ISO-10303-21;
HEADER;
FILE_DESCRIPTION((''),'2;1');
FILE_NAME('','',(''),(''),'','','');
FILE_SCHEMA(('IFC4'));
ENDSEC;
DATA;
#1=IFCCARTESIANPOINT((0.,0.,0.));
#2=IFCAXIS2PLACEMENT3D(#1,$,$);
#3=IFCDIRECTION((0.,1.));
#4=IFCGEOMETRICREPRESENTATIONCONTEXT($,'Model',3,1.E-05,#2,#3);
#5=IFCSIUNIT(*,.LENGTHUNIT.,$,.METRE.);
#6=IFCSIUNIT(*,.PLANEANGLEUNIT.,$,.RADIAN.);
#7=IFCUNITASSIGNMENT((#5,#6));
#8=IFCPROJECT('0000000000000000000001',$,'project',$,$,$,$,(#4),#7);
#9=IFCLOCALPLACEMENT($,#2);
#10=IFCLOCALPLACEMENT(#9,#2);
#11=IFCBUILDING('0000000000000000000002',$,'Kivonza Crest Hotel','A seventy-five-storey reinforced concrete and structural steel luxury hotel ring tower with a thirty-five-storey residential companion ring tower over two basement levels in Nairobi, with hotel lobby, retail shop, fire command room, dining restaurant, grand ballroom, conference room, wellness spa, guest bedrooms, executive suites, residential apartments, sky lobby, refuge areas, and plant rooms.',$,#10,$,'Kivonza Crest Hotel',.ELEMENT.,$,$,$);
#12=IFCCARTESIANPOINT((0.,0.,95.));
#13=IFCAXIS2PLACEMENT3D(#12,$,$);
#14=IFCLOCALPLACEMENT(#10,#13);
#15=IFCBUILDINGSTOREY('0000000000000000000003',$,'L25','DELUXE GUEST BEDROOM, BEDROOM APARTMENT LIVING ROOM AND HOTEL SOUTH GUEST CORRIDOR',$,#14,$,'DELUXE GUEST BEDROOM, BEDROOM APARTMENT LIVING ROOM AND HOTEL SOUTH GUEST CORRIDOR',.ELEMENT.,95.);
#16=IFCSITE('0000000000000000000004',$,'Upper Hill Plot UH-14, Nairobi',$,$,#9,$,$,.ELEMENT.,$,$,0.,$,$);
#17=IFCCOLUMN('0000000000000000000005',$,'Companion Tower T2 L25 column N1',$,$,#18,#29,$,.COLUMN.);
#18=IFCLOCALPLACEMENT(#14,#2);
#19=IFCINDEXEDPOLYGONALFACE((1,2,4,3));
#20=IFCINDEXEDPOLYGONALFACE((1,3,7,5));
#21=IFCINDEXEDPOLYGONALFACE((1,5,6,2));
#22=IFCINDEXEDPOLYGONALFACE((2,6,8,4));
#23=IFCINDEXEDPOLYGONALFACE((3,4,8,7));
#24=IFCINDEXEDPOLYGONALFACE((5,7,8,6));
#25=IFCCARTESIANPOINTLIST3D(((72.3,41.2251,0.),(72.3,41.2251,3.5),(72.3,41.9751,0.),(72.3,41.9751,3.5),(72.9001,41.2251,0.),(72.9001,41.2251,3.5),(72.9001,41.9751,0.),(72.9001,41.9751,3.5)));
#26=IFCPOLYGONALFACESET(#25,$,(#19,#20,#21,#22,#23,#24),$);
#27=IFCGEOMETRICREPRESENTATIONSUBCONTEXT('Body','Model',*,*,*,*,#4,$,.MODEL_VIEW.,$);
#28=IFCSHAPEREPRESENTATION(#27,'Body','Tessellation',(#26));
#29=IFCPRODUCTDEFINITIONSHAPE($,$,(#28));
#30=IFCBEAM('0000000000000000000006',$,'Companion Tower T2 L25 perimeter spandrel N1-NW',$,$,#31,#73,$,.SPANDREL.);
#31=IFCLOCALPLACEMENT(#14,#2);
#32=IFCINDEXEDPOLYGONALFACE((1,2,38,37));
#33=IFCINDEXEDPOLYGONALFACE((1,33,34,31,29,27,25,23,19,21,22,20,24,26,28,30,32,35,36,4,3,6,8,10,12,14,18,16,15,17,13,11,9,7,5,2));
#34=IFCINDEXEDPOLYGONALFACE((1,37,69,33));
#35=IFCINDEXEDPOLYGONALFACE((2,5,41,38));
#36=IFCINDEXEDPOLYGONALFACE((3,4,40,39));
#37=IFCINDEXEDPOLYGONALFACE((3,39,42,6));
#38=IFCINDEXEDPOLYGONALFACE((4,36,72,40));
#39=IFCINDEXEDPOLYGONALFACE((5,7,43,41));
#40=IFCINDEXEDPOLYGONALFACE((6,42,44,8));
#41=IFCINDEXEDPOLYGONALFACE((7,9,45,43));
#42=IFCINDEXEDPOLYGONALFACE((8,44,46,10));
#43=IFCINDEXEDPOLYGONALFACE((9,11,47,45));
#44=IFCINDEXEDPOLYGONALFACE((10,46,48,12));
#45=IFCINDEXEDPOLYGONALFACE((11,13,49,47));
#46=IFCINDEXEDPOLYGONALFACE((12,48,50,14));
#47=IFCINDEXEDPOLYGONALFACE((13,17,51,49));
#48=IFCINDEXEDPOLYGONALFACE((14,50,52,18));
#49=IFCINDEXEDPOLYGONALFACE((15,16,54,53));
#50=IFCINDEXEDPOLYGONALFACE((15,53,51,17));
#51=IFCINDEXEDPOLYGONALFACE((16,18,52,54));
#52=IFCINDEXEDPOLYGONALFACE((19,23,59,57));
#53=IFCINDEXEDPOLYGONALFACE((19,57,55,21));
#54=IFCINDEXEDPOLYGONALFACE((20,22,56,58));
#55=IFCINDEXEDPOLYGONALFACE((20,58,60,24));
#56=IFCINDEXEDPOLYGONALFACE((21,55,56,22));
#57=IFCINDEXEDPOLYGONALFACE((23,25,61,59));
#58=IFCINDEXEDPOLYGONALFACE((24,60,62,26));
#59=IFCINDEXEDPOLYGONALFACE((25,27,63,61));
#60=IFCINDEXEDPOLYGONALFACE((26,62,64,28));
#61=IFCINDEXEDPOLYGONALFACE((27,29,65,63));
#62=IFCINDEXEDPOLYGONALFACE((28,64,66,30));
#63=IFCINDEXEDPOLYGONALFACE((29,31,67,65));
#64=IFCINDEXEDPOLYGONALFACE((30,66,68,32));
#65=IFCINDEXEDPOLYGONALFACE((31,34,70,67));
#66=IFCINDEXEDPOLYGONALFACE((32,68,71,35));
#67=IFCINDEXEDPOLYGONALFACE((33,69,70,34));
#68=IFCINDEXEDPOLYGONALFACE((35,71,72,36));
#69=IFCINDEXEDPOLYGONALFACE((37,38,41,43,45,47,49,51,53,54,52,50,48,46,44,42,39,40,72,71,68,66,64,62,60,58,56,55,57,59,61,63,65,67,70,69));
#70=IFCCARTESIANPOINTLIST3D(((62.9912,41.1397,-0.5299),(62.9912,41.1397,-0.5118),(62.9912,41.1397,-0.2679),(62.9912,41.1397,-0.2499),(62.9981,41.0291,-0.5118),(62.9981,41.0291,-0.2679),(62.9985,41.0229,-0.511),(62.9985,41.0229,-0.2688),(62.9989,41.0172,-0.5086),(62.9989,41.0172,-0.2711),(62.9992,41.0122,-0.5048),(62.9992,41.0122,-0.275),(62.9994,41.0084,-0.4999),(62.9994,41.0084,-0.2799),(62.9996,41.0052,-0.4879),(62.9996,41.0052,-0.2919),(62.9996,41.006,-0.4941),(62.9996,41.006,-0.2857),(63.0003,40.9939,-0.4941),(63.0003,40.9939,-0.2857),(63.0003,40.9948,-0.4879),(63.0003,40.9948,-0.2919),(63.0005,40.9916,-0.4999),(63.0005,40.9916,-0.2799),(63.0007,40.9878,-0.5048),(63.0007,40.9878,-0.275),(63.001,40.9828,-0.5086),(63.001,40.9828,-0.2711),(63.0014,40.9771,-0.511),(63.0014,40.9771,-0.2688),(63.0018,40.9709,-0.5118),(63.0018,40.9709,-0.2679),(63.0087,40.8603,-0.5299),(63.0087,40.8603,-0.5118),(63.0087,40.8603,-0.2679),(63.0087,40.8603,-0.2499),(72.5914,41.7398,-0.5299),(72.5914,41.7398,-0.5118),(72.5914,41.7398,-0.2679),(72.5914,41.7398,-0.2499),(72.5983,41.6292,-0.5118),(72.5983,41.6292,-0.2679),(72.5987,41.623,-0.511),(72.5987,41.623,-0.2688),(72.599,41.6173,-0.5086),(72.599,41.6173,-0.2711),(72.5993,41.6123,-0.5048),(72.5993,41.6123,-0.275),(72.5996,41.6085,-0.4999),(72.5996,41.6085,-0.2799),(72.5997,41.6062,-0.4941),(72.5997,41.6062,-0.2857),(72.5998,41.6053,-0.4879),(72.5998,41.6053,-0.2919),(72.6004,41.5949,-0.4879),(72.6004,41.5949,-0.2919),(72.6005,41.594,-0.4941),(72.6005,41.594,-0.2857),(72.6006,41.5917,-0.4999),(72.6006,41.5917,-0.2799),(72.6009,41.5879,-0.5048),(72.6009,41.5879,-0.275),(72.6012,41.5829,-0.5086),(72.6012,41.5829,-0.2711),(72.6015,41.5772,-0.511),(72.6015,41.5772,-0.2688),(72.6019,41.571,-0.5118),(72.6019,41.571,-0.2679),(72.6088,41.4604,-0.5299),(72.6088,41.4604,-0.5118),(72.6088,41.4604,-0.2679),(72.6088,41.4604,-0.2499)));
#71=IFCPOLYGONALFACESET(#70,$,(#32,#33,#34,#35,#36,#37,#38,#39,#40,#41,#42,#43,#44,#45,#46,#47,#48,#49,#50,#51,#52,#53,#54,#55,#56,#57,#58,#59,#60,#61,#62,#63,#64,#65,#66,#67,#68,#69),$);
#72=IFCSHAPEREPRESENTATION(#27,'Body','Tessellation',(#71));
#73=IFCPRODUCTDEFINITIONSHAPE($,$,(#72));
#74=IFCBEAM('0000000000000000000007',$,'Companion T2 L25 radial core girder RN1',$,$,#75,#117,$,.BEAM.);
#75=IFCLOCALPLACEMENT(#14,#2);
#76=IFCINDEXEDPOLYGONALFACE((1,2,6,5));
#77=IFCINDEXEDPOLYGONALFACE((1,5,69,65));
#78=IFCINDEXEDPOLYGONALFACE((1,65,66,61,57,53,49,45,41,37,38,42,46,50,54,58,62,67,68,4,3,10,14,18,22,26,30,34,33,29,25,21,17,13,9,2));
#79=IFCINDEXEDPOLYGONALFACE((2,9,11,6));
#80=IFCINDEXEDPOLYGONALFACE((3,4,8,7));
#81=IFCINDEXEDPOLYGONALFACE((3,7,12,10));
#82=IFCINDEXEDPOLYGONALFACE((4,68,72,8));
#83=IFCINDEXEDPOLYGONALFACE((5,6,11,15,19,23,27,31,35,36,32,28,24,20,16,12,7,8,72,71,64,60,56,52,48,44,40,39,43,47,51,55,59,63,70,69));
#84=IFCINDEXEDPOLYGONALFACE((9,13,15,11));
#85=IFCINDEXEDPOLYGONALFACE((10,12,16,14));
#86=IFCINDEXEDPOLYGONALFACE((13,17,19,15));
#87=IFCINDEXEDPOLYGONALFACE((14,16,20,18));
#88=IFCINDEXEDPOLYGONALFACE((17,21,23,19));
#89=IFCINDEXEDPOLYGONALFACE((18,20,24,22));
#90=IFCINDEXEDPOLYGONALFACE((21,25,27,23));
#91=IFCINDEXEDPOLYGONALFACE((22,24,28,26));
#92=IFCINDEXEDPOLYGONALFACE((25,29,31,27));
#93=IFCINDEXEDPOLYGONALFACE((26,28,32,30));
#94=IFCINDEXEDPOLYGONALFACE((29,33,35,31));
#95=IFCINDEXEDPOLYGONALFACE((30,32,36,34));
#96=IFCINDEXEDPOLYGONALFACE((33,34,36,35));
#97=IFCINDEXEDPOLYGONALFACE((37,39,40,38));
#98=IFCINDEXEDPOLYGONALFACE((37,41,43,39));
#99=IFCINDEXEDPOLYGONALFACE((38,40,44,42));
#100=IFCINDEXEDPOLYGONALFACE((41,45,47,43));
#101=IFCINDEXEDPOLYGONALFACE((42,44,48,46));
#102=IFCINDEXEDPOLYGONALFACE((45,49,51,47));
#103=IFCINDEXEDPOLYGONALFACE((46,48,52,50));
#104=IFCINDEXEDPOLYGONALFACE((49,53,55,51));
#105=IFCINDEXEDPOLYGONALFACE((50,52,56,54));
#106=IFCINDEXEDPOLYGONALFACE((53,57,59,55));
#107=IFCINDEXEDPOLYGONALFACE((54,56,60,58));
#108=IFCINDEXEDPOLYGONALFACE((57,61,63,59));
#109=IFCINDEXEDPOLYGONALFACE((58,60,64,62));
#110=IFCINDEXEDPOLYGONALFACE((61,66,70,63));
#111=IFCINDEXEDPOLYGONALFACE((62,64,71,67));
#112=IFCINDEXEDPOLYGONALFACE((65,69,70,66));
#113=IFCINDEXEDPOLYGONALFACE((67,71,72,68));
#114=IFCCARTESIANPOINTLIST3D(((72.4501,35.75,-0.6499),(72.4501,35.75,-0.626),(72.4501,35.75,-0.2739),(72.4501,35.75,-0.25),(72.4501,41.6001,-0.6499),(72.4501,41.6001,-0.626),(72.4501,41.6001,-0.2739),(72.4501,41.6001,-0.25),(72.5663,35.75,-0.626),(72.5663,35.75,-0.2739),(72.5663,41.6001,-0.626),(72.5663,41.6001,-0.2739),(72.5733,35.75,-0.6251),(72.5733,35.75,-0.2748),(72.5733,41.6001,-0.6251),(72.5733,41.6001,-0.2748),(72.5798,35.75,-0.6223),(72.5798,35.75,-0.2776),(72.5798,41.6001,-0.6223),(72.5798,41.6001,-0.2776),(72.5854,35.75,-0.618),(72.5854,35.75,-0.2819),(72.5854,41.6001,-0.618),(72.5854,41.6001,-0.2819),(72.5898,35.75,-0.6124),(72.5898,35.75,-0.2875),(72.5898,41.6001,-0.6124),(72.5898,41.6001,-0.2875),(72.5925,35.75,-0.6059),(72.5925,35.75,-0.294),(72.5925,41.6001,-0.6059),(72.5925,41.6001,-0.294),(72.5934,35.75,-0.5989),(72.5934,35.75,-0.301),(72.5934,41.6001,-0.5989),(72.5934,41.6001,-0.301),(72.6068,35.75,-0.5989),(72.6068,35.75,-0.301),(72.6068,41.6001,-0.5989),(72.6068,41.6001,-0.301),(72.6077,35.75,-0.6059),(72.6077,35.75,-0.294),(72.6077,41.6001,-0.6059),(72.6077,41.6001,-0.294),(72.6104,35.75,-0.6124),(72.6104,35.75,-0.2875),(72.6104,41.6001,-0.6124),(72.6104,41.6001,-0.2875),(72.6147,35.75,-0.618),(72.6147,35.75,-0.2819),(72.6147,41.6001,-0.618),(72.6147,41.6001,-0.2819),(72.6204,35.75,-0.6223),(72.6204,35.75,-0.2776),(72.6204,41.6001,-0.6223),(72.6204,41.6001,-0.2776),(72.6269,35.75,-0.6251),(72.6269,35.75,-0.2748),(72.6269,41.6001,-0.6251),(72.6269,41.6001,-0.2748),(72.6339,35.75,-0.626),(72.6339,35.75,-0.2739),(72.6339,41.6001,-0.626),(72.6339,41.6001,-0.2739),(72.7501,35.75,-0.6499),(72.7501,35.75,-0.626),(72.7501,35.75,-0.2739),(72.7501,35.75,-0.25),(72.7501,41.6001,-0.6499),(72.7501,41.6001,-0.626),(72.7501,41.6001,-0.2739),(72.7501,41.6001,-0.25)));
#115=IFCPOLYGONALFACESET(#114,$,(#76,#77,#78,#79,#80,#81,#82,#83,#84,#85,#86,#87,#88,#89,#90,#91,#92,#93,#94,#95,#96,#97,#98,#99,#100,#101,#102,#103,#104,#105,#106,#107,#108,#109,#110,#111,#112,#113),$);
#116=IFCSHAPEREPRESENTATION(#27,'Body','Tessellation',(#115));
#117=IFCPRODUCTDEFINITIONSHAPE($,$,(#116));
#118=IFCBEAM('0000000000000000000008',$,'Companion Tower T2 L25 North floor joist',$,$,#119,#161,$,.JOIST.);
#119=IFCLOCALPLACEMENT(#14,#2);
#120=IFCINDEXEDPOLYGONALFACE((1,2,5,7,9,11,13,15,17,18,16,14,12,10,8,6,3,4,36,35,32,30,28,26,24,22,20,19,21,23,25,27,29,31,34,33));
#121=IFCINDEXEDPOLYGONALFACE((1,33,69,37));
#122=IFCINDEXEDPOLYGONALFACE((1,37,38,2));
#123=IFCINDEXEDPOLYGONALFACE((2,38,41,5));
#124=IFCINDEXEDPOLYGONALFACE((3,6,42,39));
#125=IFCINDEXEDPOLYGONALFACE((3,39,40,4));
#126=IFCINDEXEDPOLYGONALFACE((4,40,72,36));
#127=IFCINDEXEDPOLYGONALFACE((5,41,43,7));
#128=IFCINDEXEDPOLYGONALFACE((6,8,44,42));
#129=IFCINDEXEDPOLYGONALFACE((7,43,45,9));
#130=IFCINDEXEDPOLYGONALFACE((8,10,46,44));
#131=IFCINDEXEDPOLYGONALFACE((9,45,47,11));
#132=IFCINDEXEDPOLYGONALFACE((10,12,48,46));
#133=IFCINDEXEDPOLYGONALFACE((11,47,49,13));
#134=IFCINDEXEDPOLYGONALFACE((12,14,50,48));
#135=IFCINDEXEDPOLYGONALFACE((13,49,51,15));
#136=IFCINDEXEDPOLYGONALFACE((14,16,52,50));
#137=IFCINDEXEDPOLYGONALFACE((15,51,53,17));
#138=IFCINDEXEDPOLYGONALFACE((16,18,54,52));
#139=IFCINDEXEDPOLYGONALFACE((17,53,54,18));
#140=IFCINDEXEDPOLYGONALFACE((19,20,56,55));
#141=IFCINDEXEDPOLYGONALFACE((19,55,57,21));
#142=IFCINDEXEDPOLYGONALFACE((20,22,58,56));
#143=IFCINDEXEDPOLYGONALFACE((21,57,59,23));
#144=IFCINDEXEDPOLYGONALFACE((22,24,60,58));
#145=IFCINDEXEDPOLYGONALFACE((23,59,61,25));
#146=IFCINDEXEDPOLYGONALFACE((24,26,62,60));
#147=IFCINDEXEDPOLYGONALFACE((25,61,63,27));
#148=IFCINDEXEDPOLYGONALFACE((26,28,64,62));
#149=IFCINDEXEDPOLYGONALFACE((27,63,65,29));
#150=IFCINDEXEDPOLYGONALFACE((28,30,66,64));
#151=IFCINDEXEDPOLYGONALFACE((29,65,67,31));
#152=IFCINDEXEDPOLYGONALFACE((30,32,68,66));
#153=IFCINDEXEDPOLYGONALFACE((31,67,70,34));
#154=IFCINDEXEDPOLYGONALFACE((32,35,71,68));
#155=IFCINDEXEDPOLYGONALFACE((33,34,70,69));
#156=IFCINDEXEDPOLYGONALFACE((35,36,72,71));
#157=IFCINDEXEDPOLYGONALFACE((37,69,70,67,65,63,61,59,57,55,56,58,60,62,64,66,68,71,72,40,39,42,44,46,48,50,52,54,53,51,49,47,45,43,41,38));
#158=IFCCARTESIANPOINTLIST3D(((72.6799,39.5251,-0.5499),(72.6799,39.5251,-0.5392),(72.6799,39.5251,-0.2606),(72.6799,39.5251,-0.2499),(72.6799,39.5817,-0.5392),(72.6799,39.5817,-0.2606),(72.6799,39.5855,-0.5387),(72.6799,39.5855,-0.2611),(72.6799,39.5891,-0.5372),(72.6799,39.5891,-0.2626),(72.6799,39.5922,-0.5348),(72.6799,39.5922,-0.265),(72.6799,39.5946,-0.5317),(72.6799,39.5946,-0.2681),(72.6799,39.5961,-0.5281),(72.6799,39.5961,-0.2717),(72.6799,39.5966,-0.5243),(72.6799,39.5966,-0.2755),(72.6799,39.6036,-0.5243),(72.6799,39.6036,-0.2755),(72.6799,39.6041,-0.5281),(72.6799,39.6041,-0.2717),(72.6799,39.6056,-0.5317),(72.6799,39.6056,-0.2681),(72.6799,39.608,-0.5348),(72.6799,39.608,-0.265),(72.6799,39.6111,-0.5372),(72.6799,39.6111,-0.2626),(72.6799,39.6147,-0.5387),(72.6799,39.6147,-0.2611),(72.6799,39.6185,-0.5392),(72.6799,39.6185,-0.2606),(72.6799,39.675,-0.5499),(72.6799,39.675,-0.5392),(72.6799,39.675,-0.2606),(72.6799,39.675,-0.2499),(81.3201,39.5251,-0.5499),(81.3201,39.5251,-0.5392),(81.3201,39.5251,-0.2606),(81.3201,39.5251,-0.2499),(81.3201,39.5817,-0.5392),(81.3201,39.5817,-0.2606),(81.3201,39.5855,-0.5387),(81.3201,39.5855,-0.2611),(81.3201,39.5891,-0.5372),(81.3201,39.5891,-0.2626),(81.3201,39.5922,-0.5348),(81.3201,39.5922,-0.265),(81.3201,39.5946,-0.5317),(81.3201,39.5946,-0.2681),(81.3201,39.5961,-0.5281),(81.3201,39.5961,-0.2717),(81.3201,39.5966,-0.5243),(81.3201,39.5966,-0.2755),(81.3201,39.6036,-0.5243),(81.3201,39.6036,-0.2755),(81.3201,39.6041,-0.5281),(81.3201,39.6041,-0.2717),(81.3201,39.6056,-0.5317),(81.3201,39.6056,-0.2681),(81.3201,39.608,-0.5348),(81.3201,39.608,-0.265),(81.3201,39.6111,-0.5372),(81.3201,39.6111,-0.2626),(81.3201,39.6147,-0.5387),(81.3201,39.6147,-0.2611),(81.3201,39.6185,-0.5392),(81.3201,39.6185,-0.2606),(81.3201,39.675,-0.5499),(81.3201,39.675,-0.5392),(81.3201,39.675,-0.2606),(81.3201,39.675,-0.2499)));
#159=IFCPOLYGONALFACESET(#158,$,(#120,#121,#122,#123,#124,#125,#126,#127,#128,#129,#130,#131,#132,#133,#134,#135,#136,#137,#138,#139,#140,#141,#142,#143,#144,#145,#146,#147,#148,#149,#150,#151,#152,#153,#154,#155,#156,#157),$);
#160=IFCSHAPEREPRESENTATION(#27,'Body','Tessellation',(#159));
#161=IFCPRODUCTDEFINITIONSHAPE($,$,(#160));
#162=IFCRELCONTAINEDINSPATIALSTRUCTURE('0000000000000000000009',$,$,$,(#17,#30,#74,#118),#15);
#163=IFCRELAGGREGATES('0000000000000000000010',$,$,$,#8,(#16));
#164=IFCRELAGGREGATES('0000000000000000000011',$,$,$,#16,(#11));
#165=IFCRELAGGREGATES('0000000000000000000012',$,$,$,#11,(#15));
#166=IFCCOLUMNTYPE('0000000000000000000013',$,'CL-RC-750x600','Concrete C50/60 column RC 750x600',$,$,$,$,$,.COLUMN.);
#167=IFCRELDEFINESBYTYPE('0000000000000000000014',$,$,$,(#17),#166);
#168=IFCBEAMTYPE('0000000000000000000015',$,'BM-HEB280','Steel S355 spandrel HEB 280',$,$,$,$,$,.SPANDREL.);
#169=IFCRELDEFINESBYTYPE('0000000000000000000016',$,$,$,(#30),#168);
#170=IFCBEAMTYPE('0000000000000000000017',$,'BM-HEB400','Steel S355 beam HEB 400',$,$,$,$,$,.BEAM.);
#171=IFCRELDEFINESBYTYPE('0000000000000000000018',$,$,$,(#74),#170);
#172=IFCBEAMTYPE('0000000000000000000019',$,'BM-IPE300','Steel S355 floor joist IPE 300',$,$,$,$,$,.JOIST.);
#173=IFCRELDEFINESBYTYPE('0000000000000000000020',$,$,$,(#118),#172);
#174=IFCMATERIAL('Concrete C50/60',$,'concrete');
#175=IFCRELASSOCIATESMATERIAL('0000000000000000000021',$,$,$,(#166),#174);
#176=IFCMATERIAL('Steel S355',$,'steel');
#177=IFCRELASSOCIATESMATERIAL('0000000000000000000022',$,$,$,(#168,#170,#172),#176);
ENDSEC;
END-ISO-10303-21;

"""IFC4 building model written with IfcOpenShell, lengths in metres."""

from ifc_helpers import new_model, si_unit, direction, frame, origin, origin_2d, place, context, subcontext, project, spatial, rectangle, i_section, extrude, material, material_profile, profile_set, type_object, element, save


model = new_model("IFC4")

# Units and contexts
model_context = context("Model", 3, precision=1e-05, world=origin(), true_north=direction((0.0, 1.0)))
body_context = subcontext(model_context, "Body", "Model", "MODEL_VIEW")
ifc_project = project(units=[si_unit("LENGTHUNIT", "METRE"), si_unit("PLANEANGLEUNIT", "RADIAN")], contexts=[model_context])

# Site, building, storey
site_placement = place(None, origin())
site = spatial("IfcSite", under=ifc_project, at=site_placement, Name="Upper Hill Plot UH-14, Nairobi", CompositionType="ELEMENT", RefElevation=0.0)
building_placement = place(site_placement, origin())
building = spatial("IfcBuilding", under=site, at=building_placement, Name="Kivonza Crest Hotel", Description="A seventy-five-storey reinforced concrete and structural steel luxury hotel ring tower with a thirty-five-storey residential companion ring tower over two basement levels in Nairobi, with hotel lobby, retail shop, fire command room, dining restaurant, grand ballroom, conference room, wellness spa, guest bedrooms, executive suites, residential apartments, sky lobby, refuge areas, and plant rooms.", LongName="Kivonza Crest Hotel", CompositionType="ELEMENT")
storey_placement = place(building_placement, frame((0.0, 0.0, 95.0)))
storey = spatial("IfcBuildingStorey", under=building, at=storey_placement, Name="L25", Description="DELUXE GUEST BEDROOM, BEDROOM APARTMENT LIVING ROOM AND HOTEL SOUTH GUEST CORRIDOR", LongName="DELUXE GUEST BEDROOM, BEDROOM APARTMENT LIVING ROOM AND HOTEL SOUTH GUEST CORRIDOR", CompositionType="ELEMENT", Elevation=95.0)

# Column
ifc_material_1 = material(Name="Concrete C50/60", Category="concrete")
ifc_material_profile_1 = material_profile(ifc_material_1, rectangle(XDim=0.6001, YDim=0.75, at=origin_2d()), Name="RC 750x600")
ifc_profile_set_1 = profile_set([ifc_material_profile_1], Name="Concrete C50/60")
column_type = type_object("IfcColumnType", Name="CL-RC-750x600", Description="Concrete C50/60 column RC 750x600", PredefinedType="COLUMN", material=ifc_profile_set_1)
column_placement = place(storey_placement, frame((72.6001, 41.6001, 0.0), z_axis=(0.0, 0.0, 1.0), x_axis=(1.0, 0.0, 0.0)))
element("IfcColumn", 1, at=column_placement, inside=storey, type_object=column_type, Name="Companion Tower T2 L25 column N1", PredefinedType="COLUMN", context=body_context, shape_type="SweptSolid", body=[
    extrude(rectangle(XDim=0.6001, YDim=0.75, at=origin_2d()), origin(), (0.0, 0.0, 1.0), 3.5),
])

# Beams
ifc_material_2 = material(Name="Steel S355", Category="steel")
ifc_material_profile_2 = material_profile(ifc_material_2, i_section(OverallWidth=0.28, OverallDepth=0.28, WebThickness=0.0105, FlangeThickness=0.0181, FilletRadius=0.0239, at=origin_2d()), Name="HEB 280")
ifc_profile_set_2 = profile_set([ifc_material_profile_2], Name="Steel S355")
beam_type_1 = type_object("IfcBeamType", Name="BM-HEB280", Description="Steel S355 spandrel HEB 280", PredefinedType="SPANDREL", material=ifc_profile_set_2)
beam_1_placement = place(storey_placement, frame((72.6001, 41.6001, -0.3899), z_axis=(-0.998052, -0.062388, 0.0), x_axis=(0.062388, -0.998052, 0.0)))
element("IfcBeam", 2, at=beam_1_placement, inside=storey, type_object=beam_type_1, Name="Companion Tower T2 L25 perimeter spandrel N1-NW", PredefinedType="SPANDREL", context=body_context, shape_type="SweptSolid", body=[
    extrude(i_section(OverallWidth=0.28, OverallDepth=0.28, WebThickness=0.0105, FlangeThickness=0.0181, FilletRadius=0.0239, at=origin_2d()), origin(), (0.0, 0.0, 1.0), 9.6189),
])
ifc_material_profile_3 = material_profile(ifc_material_2, i_section(OverallWidth=0.3, OverallDepth=0.3999, WebThickness=0.0134, FlangeThickness=0.0239, FilletRadius=0.0271, at=origin_2d()), Name="HEB 400")
ifc_profile_set_3 = profile_set([ifc_material_profile_3], Name="Steel S355")
beam_type_2 = type_object("IfcBeamType", Name="BM-HEB400", Description="Steel S355 beam HEB 400", PredefinedType="BEAM", material=ifc_profile_set_3)
beam_2_placement = place(storey_placement, frame((72.6001, 41.6001, -0.45), z_axis=(0.0, -1.0, 0.0), x_axis=(1.0, 0.0, 0.0)))
element("IfcBeam", 3, at=beam_2_placement, inside=storey, type_object=beam_type_2, Name="Companion T2 L25 radial core girder RN1", PredefinedType="BEAM", context=body_context, shape_type="SweptSolid", body=[
    extrude(i_section(OverallWidth=0.3, OverallDepth=0.3999, WebThickness=0.0134, FlangeThickness=0.0239, FilletRadius=0.0271, at=origin_2d()), origin(), (0.0, 0.0, 1.0), 5.8501),
])
ifc_material_profile_4 = material_profile(ifc_material_2, i_section(OverallWidth=0.1499, OverallDepth=0.3, WebThickness=0.0071, FlangeThickness=0.0107, FilletRadius=0.0149, at=origin_2d()), Name="IPE 300")
ifc_profile_set_4 = profile_set([ifc_material_profile_4], Name="Steel S355")
beam_type_3 = type_object("IfcBeamType", Name="BM-IPE300", Description="Steel S355 floor joist IPE 300", PredefinedType="JOIST", material=ifc_profile_set_4)
beam_3_placement = place(storey_placement, frame((72.6799, 39.6001, -0.3999), z_axis=(1.0, 0.0, 0.0), x_axis=(0.0, 1.0, 0.0)))
element("IfcBeam", 4, at=beam_3_placement, inside=storey, type_object=beam_type_3, Name="Companion Tower T2 L25 North floor joist", PredefinedType="JOIST", context=body_context, shape_type="SweptSolid", body=[
    extrude(i_section(OverallWidth=0.1499, OverallDepth=0.3, WebThickness=0.0071, FlangeThickness=0.0107, FilletRadius=0.0149, at=origin_2d()), origin(), (0.0, 0.0, 1.0), 8.6401),
])

save(model, "model.ifc")
